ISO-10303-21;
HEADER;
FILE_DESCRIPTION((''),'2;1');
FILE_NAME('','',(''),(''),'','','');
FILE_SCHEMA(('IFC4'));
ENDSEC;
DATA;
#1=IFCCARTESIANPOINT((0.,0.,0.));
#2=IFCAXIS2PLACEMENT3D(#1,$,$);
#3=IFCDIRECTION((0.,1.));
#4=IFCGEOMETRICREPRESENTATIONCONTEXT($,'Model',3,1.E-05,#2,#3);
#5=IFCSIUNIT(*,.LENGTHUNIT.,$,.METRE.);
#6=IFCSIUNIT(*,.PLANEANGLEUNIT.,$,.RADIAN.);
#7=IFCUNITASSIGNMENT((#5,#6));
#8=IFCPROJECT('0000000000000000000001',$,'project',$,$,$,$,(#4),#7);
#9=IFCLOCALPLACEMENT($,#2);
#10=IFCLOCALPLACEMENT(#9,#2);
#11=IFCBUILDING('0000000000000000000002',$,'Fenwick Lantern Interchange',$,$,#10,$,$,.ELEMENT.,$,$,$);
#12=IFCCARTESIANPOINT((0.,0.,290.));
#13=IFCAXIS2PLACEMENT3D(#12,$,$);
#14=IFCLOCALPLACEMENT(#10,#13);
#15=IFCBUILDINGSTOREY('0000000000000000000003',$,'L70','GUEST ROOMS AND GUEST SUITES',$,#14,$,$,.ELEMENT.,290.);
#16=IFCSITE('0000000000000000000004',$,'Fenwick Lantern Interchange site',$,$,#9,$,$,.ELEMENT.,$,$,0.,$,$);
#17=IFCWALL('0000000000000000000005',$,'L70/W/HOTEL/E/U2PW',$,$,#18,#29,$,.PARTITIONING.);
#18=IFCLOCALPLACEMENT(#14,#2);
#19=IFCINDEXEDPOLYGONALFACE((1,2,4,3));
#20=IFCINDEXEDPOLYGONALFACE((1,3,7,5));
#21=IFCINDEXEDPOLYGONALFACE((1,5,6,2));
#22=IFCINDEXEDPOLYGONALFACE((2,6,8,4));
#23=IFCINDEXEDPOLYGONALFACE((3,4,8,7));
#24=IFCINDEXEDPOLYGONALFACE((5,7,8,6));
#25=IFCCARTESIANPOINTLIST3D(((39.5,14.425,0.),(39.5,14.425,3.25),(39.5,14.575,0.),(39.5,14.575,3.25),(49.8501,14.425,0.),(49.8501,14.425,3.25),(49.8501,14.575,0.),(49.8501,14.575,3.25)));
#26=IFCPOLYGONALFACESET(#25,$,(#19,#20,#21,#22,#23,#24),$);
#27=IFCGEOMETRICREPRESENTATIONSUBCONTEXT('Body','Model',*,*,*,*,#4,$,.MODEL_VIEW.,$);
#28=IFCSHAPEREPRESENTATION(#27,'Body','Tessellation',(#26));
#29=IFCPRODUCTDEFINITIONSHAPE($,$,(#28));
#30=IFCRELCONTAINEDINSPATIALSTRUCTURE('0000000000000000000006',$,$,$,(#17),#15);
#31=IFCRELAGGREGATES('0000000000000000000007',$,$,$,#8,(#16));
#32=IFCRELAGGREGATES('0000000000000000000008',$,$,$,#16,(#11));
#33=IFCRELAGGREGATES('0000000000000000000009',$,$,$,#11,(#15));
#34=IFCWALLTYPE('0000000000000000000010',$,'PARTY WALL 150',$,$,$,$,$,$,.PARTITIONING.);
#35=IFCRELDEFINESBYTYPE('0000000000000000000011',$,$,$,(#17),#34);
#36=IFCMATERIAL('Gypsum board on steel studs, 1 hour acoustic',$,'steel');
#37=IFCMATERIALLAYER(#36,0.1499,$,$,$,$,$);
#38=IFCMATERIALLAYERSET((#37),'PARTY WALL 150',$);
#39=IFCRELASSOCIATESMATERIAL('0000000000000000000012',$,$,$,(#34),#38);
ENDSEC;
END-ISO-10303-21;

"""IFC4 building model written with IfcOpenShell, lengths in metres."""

from ifc_helpers import new_model, si_unit, direction, frame, frame_2d, origin, place, context, subcontext, project, spatial, rectangle, extrude, material, layer, layer_set, type_object, element, save


model = new_model("IFC4")

# Units and contexts
model_context = context("Model", 3, precision=1e-05, world=origin(), true_north=direction((0.0, 1.0)))
body_context = subcontext(model_context, "Body", "Model", "MODEL_VIEW")
ifc_project = project(units=[si_unit("LENGTHUNIT", "METRE"), si_unit("PLANEANGLEUNIT", "RADIAN")], contexts=[model_context])

# Site, building, storey
site_placement = place(None, origin())
site = spatial("IfcSite", under=ifc_project, at=site_placement, Name="Fenwick Lantern Interchange site", CompositionType="ELEMENT", RefElevation=0.0)
building_placement = place(site_placement, origin())
building = spatial("IfcBuilding", under=site, at=building_placement, Name="Fenwick Lantern Interchange", CompositionType="ELEMENT")
storey_placement = place(building_placement, frame((0.0, 0.0, 290.0)))
storey = spatial("IfcBuildingStorey", under=building, at=storey_placement, Name="L70", Description="GUEST ROOMS AND GUEST SUITES", CompositionType="ELEMENT", Elevation=290.0)

# Wall
ifc_material_1 = material(Name="Gypsum board on steel studs, 1 hour acoustic", Category="steel")
ifc_layer_1 = layer(ifc_material_1, 0.1499)
ifc_layer_set_1 = layer_set([ifc_layer_1], Name="PARTY WALL 150")
wall_type_1 = type_object("IfcWallType", Name="PARTY WALL 150", PredefinedType="PARTITIONING", material=ifc_layer_set_1)
wall_1_placement = place(storey_placement, frame((49.8501, 14.5, 0.0), z_axis=(0.0, 0.0, 1.0), x_axis=(-1.0, 0.0, 0.0)))
element("IfcWall", 1, at=wall_1_placement, inside=storey, type_object=wall_type_1, Name="L70/W/HOTEL/E/U2PW", PredefinedType="PARTITIONING", context=body_context, shape_type="SweptSolid", body=[
    extrude(rectangle(XDim=10.3501, YDim=0.1499, at=frame_2d((5.175, 0.0))), origin(), (0.0, 0.0, 1.0), 3.25),
])

save(model, "model.ifc")
